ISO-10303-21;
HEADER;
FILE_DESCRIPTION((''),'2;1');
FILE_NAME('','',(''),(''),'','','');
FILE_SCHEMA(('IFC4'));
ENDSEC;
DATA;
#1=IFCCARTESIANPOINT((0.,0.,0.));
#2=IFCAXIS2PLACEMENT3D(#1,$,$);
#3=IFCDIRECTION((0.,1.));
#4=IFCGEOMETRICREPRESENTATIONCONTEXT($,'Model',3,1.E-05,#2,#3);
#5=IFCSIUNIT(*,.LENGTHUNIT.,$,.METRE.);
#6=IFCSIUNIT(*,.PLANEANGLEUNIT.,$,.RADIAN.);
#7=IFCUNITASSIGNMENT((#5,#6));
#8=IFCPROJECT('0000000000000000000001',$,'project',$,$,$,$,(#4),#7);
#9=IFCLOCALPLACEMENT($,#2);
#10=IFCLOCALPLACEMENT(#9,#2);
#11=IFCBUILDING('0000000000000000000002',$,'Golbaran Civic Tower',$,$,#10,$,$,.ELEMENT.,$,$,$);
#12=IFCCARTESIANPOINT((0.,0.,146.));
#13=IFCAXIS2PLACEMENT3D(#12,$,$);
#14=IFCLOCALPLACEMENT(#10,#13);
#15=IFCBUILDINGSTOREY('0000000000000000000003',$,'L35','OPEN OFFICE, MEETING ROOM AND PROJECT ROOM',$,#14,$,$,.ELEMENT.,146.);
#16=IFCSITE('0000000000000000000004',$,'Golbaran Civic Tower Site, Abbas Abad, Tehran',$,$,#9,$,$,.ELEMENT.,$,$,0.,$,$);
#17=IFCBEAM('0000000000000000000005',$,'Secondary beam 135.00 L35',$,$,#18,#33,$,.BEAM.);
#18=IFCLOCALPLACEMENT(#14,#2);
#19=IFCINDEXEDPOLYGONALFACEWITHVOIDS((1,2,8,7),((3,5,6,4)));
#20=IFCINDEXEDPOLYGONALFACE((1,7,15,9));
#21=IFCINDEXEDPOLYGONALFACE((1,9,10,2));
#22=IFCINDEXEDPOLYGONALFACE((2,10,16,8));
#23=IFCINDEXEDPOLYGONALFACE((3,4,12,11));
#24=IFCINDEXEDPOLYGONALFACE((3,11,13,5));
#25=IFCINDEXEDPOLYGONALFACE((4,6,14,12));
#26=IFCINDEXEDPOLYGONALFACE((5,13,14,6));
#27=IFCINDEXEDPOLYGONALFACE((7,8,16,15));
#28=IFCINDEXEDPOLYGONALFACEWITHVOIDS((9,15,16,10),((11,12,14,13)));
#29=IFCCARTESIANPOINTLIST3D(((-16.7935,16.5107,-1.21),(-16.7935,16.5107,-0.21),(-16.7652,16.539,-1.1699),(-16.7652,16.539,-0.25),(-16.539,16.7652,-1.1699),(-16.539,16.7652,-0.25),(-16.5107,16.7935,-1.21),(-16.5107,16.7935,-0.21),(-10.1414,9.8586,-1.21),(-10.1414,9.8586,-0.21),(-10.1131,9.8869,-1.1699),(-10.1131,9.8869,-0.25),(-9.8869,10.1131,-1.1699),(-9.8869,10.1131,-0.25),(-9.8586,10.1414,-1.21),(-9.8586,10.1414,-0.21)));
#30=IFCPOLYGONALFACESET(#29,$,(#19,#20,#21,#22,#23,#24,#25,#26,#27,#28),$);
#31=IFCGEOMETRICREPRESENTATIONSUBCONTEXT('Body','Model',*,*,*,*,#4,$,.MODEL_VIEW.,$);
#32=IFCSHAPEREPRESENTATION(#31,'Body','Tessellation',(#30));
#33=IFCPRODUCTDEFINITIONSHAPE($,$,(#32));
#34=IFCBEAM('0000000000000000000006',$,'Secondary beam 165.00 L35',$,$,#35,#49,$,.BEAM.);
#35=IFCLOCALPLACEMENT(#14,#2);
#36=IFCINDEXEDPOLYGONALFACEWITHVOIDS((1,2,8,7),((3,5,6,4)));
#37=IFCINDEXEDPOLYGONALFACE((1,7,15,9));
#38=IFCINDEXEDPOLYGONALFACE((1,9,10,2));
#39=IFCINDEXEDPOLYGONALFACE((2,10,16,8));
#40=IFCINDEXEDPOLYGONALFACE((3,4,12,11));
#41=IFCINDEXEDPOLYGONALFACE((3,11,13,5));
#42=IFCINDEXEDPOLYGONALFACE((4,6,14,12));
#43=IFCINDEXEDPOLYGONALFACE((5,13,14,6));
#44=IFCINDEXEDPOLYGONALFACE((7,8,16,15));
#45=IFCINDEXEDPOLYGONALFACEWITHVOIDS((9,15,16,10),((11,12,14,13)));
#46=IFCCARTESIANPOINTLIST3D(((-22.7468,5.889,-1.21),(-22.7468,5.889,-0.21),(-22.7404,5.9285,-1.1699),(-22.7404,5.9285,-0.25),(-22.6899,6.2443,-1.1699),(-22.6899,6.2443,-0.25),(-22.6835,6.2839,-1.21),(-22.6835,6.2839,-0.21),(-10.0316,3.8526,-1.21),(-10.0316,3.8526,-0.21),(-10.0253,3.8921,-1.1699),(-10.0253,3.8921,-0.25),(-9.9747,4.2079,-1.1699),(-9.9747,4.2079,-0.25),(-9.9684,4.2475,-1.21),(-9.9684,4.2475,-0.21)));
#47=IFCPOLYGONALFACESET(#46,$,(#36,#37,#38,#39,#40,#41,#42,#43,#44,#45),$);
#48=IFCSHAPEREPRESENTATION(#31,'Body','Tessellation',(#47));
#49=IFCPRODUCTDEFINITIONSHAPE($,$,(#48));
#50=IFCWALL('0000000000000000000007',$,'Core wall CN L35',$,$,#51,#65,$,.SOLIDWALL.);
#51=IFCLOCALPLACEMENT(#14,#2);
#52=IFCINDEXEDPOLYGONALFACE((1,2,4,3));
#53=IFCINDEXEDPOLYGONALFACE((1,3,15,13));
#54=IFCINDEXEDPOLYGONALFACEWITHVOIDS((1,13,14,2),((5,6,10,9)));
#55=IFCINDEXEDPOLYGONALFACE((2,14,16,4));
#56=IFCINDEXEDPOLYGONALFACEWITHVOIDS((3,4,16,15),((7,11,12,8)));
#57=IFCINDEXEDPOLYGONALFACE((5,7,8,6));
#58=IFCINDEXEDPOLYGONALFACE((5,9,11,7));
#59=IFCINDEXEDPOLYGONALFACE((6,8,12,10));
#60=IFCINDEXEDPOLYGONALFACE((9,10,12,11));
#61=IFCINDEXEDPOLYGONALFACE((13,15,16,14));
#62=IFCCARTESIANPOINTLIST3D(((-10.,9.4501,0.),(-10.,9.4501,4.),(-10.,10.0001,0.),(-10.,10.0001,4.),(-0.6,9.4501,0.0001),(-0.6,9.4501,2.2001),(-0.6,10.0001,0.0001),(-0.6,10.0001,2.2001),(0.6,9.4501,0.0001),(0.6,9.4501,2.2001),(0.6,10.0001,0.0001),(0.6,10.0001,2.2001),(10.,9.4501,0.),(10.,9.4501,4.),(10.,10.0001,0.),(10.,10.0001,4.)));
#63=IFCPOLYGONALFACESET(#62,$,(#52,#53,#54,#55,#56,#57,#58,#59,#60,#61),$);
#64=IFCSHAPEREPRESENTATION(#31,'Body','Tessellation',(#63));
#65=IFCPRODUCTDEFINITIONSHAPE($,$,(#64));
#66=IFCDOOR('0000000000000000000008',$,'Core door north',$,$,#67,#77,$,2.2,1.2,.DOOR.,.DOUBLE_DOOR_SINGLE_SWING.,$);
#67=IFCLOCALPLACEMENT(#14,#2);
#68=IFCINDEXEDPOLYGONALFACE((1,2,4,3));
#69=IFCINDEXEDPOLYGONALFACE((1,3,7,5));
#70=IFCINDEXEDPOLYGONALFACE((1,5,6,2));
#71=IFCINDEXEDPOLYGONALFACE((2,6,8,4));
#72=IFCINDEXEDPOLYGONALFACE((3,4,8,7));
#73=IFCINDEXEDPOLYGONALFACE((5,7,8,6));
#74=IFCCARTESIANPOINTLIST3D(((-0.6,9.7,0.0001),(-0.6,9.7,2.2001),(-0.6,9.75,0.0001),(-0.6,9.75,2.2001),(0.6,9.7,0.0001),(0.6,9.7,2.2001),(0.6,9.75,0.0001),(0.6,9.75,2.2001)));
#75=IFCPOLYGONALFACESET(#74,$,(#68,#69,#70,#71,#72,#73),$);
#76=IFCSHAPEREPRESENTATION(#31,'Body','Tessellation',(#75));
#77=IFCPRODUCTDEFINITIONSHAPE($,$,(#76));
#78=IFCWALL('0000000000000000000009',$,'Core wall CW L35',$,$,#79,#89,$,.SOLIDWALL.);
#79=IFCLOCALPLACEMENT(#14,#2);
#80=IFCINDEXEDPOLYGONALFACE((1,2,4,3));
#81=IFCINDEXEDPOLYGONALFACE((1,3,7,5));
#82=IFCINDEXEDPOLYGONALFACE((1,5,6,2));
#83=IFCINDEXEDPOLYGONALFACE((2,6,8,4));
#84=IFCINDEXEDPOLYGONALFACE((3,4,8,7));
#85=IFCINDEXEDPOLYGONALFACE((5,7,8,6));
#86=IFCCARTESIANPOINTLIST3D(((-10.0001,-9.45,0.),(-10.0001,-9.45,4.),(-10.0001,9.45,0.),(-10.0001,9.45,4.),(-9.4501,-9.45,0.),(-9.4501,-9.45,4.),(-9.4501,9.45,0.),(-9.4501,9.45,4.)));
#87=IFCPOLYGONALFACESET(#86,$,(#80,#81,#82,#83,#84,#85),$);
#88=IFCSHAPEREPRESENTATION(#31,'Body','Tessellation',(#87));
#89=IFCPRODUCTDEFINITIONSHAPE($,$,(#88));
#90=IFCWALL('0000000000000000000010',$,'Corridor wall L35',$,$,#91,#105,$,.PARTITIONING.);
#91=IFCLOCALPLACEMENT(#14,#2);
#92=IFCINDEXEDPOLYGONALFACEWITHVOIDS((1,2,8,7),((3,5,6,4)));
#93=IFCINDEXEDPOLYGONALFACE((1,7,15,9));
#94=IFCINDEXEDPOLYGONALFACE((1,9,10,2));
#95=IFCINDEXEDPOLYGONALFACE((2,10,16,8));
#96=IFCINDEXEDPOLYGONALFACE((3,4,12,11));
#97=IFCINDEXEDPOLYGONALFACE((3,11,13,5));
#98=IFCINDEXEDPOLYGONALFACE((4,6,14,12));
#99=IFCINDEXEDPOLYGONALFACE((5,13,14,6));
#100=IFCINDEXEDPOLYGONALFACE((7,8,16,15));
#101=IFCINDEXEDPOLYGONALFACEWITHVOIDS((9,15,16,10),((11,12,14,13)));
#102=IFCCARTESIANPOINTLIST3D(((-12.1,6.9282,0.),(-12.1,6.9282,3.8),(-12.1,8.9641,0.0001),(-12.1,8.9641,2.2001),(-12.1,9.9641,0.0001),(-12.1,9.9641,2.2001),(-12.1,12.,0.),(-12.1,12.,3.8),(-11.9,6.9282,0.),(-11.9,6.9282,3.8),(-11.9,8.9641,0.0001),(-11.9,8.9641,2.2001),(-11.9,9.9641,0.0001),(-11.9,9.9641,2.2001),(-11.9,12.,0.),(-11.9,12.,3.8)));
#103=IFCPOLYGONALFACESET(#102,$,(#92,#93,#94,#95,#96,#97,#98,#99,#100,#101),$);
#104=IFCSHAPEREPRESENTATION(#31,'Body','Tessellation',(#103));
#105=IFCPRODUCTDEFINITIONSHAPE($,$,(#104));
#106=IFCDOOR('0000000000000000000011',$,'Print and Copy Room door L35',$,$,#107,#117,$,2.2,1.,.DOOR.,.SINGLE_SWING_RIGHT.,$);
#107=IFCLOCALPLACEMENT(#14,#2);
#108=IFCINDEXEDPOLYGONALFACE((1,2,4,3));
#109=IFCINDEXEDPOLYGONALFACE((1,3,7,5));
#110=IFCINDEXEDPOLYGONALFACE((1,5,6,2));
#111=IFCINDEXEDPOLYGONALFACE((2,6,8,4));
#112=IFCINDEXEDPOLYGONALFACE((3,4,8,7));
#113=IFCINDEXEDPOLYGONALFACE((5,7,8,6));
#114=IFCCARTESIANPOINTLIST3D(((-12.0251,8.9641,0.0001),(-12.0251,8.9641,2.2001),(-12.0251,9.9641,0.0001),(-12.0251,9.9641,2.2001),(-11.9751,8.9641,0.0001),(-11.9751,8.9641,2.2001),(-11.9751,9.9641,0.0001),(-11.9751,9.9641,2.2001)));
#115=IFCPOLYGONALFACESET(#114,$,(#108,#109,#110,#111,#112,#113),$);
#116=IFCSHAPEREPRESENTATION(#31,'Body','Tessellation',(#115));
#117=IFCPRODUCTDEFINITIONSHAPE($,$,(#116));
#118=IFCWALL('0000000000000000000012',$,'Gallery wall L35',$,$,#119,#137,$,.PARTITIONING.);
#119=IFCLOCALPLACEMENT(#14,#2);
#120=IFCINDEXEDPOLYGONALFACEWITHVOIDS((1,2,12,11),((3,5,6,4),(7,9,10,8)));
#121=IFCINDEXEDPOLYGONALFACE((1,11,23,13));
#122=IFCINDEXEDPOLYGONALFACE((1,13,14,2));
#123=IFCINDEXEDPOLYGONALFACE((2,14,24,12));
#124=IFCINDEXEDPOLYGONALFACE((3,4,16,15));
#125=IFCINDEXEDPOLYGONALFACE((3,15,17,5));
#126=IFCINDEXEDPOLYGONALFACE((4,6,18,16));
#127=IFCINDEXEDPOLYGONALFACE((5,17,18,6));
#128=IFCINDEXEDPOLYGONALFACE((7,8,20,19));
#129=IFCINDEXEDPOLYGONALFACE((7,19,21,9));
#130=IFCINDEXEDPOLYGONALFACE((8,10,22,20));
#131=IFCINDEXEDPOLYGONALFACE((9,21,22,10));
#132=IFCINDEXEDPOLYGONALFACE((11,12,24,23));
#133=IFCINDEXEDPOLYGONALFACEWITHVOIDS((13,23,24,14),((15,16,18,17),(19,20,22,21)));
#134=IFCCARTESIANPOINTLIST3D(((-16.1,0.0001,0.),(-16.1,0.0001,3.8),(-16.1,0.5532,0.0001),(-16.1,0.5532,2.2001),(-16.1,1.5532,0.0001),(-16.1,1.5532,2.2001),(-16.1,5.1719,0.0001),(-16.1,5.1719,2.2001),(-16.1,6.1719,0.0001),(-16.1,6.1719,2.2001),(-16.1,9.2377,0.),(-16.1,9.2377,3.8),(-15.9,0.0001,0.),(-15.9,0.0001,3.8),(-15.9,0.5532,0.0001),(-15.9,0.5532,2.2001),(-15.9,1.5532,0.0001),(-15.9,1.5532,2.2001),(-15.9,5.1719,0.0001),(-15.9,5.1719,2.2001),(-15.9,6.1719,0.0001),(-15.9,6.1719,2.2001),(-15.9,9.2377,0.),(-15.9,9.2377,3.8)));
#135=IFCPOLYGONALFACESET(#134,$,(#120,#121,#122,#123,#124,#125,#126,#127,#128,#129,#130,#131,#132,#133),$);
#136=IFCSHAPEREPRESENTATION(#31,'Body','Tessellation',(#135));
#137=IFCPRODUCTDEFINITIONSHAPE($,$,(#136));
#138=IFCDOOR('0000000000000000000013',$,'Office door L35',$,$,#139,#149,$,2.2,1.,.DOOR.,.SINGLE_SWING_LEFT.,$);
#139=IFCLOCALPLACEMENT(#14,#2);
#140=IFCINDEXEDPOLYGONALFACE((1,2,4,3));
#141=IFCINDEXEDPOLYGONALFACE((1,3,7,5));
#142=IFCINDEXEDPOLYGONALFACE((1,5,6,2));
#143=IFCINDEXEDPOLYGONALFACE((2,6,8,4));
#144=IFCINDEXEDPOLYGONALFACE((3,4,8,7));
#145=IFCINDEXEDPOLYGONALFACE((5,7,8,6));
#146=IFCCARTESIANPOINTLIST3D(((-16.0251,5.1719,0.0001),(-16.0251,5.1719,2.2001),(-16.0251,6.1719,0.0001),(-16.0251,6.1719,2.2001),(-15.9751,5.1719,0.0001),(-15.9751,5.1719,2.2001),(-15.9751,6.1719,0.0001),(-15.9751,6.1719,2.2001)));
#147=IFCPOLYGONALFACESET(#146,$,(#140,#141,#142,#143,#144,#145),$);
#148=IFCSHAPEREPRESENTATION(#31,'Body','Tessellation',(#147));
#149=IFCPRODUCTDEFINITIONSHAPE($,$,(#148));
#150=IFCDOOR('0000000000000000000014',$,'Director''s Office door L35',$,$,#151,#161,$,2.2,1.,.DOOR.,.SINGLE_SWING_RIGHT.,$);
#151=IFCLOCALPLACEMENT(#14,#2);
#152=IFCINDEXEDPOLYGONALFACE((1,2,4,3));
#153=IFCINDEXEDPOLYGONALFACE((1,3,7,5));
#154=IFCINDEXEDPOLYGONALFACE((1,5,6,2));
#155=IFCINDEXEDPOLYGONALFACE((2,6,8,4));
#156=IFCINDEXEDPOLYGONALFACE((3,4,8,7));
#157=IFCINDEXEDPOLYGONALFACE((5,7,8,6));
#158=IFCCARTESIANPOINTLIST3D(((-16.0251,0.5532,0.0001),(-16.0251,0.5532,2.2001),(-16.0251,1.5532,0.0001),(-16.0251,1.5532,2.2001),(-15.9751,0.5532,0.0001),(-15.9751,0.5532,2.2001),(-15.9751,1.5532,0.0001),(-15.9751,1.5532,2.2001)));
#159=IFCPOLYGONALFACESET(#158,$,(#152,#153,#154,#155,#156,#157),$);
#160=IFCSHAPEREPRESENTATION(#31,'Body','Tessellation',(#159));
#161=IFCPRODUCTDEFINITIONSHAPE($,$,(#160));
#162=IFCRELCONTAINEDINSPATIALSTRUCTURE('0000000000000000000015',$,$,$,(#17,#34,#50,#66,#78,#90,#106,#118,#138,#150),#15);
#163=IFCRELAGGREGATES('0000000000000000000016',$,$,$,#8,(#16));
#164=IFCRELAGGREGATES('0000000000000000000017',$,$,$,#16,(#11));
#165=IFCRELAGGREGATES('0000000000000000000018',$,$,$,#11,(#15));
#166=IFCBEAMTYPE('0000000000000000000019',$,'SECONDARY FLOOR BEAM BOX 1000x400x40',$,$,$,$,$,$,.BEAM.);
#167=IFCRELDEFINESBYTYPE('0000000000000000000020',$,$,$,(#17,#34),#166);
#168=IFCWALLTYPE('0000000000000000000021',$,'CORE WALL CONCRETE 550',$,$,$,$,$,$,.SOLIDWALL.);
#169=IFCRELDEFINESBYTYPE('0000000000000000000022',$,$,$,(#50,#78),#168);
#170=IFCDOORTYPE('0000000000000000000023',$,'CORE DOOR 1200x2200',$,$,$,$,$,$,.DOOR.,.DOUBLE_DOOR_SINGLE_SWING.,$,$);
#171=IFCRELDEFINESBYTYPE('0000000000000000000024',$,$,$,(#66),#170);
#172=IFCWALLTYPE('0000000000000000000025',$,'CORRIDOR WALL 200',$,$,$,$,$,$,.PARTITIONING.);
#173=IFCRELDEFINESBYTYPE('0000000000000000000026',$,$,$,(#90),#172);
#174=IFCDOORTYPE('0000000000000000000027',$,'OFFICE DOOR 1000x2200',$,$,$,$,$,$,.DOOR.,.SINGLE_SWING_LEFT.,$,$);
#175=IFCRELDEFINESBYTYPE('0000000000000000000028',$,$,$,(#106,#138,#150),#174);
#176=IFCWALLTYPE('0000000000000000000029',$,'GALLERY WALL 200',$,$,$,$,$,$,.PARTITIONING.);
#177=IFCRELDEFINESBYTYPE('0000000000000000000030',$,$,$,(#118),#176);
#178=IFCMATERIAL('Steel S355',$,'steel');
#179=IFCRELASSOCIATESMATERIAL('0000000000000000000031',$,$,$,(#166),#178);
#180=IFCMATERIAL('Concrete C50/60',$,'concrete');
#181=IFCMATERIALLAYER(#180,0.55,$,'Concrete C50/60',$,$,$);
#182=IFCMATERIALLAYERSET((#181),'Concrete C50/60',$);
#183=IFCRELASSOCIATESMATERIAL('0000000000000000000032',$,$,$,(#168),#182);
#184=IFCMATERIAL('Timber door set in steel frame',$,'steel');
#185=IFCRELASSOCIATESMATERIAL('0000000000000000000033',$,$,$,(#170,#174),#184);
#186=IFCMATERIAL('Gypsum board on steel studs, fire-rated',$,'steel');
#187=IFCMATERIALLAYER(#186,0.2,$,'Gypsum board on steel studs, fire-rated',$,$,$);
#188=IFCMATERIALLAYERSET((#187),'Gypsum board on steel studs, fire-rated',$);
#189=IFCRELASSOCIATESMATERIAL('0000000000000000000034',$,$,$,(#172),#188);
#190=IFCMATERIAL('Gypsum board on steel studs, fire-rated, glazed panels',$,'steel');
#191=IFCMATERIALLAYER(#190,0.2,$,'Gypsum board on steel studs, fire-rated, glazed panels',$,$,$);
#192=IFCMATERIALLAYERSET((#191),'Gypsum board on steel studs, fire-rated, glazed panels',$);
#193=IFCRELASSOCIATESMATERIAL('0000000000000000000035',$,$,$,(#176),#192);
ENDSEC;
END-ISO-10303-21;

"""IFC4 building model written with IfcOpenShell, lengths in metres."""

from ifc_helpers import new_model, si_unit, direction, frame, frame_2d, origin, origin_2d, place, context, subcontext, project, spatial, rectangle, hollow_rectangle, extrude, material, layer, layer_set, material_profile, profile_set, type_object, element, fill, save


model = new_model("IFC4")

# Units and contexts
model_context = context("Model", 3, precision=1e-05, world=origin(), true_north=direction((0.0, 1.0)))
body_context = subcontext(model_context, "Body", "Model", "MODEL_VIEW")
ifc_project = project(units=[si_unit("LENGTHUNIT", "METRE"), si_unit("PLANEANGLEUNIT", "RADIAN")], contexts=[model_context])

# Site, building, storey
site_placement = place(None, origin())
site = spatial("IfcSite", under=ifc_project, at=site_placement, Name="Golbaran Civic Tower Site, Abbas Abad, Tehran", CompositionType="ELEMENT", RefElevation=0.0)
building_placement = place(site_placement, origin())
building = spatial("IfcBuilding", under=site, at=building_placement, Name="Golbaran Civic Tower", CompositionType="ELEMENT")
storey_placement = place(building_placement, frame((0.0, 0.0, 146.0)))
storey = spatial("IfcBuildingStorey", under=building, at=storey_placement, Name="L35", Description="OPEN OFFICE, MEETING ROOM AND PROJECT ROOM", CompositionType="ELEMENT", Elevation=146.0)

# Beams
ifc_material_1 = material(Name="Steel S355", Category="steel")
ifc_material_profile_1 = material_profile(ifc_material_1, hollow_rectangle(XDim=0.3999, YDim=1.0, WallThickness=0.04, at=origin_2d()), Name="BOX 1000x400x40")
ifc_profile_set_1 = profile_set([ifc_material_profile_1], Name="Steel S355")
beam_type_1 = type_object("IfcBeamType", Name="SECONDARY FLOOR BEAM BOX 1000x400x40", PredefinedType="BEAM", material=ifc_profile_set_1)
beam_1_placement = place(storey_placement, frame((-10.0, 10.0, -0.71), z_axis=(-0.707107, 0.707107, 0.0), x_axis=(-0.707107, -0.707107, 0.0)))
element("IfcBeam", 1, at=beam_1_placement, inside=storey, type_object=beam_type_1, Name="Secondary beam 135.00 L35", PredefinedType="BEAM", context=body_context, shape_type="SweptSolid", body=[
    extrude(hollow_rectangle(XDim=0.3999, YDim=1.0, WallThickness=0.04, at=origin_2d()), origin(), (0.0, 0.0, 1.0), 9.4075),
])
beam_2_placement = place(storey_placement, frame((-10.0, 4.05, -0.71), z_axis=(-0.987417, 0.158139, 0.0), x_axis=(-0.158139, -0.987417, 0.0)))
element("IfcBeam", 2, at=beam_2_placement, inside=storey, type_object=beam_type_1, Name="Secondary beam 165.00 L35", PredefinedType="BEAM", context=body_context, shape_type="SweptSolid", body=[
    extrude(hollow_rectangle(XDim=0.3999, YDim=1.0, WallThickness=0.04, at=origin_2d()), origin(), (0.0, 0.0, 1.0), 12.8772),
])

# Wall, opening, door
ifc_material_2 = material(Name="Concrete C50/60", Category="concrete")
ifc_layer_1 = layer(ifc_material_2, 0.55, Name="Concrete C50/60")
ifc_layer_set_1 = layer_set([ifc_layer_1], Name="Concrete C50/60")
wall_type_1 = type_object("IfcWallType", Name="CORE WALL CONCRETE 550", PredefinedType="SOLIDWALL", material=ifc_layer_set_1)
wall_1_placement = place(storey_placement, frame((-10.0, 9.7251, 0.0), z_axis=(0.0, 0.0, 1.0), x_axis=(1.0, 0.0, 0.0)))
wall_1 = element("IfcWall", 3, at=wall_1_placement, inside=storey, type_object=wall_type_1, Name="Core wall CN L35", PredefinedType="SOLIDWALL", context=body_context, shape_type="SweptSolid", body=[
    extrude(rectangle(XDim=20.0, YDim=0.55, at=frame_2d((10.0, 0.0))), origin(), (0.0, 0.0, 1.0), 4.0),
])
opening_1_placement = place(wall_1_placement, frame((9.3999, 0.0, 0.0)))
opening_1 = element("IfcOpeningElement", 4, at=opening_1_placement, cuts=wall_1, PredefinedType="OPENING", context=body_context, shape_type="SweptSolid", body=[
    extrude(rectangle(XDim=1.2, YDim=2.2, at=frame_2d((0.6001, 1.1001))), frame((0.0, 0.2849, 0.0), z_axis=(0.0, -1.0, 0.0), x_axis=(1.0, 0.0, 0.0)), (0.0, 0.0, 1.0), 0.5701),
])
ifc_material_3 = material(Name="Timber door set in steel frame", Category="steel")
door_type_1 = type_object("IfcDoorType", Name="CORE DOOR 1200x2200", OperationType="DOUBLE_DOOR_SINGLE_SWING", PredefinedType="DOOR", material=ifc_material_3)
door_1_placement = place(opening_1_placement, origin())
door_1 = element("IfcDoor", 5, at=door_1_placement, inside=storey, type_object=door_type_1, Name="Core door north", OperationType="DOUBLE_DOOR_SINGLE_SWING", OverallHeight=2.2, OverallWidth=1.2, PredefinedType="DOOR", context=body_context, shape_type="SweptSolid", body=[
    extrude(rectangle(XDim=1.2, YDim=2.2, at=frame_2d((0.6001, 1.1001))), frame((0.0, 0.0249, 0.0), z_axis=(0.0, -1.0, 0.0), x_axis=(1.0, 0.0, 0.0)), (0.0, 0.0, 1.0), 0.05),
])
fill(opening_1, door_1)

# Wall
wall_2_placement = place(storey_placement, frame((-9.7251, 9.45, 0.0), z_axis=(0.0, 0.0, 1.0), x_axis=(0.0, -1.0, 0.0)))
element("IfcWall", 6, at=wall_2_placement, inside=storey, type_object=wall_type_1, Name="Core wall CW L35", PredefinedType="SOLIDWALL", context=body_context, shape_type="SweptSolid", body=[
    extrude(rectangle(XDim=18.8999, YDim=0.55, at=frame_2d((9.45, 0.0))), origin(), (0.0, 0.0, 1.0), 4.0),
])

# Wall, opening, door
ifc_material_4 = material(Name="Gypsum board on steel studs, fire-rated", Category="steel")
ifc_layer_2 = layer(ifc_material_4, 0.2, Name="Gypsum board on steel studs, fire-rated")
ifc_layer_set_2 = layer_set([ifc_layer_2], Name="Gypsum board on steel studs, fire-rated")
wall_type_2 = type_object("IfcWallType", Name="CORRIDOR WALL 200", PredefinedType="PARTITIONING", material=ifc_layer_set_2)
wall_3_placement = place(storey_placement, frame((-12.0, 12.0, 0.0), z_axis=(0.0, 0.0, 1.0), x_axis=(0.0, -1.0, 0.0)))
wall_3 = element("IfcWall", 7, at=wall_3_placement, inside=storey, type_object=wall_type_2, Name="Corridor wall L35", PredefinedType="PARTITIONING", context=body_context, shape_type="SweptSolid", body=[
    extrude(rectangle(XDim=5.0718, YDim=0.2, at=frame_2d((2.5359, 0.0))), origin(), (0.0, 0.0, 1.0), 3.8),
])
opening_2_placement = place(wall_3_placement, frame((2.0359, 0.0, 0.0)))
opening_2 = element("IfcOpeningElement", 8, at=opening_2_placement, cuts=wall_3, PredefinedType="OPENING", context=body_context, shape_type="SweptSolid", body=[
    extrude(rectangle(XDim=1.0, YDim=2.2, at=frame_2d((0.5, 1.1001))), frame((0.0, 0.1099, 0.0), z_axis=(0.0, -1.0, 0.0), x_axis=(1.0, 0.0, 0.0)), (0.0, 0.0, 1.0), 0.22),
])
door_type_2 = type_object("IfcDoorType", Name="OFFICE DOOR 1000x2200", OperationType="SINGLE_SWING_LEFT", PredefinedType="DOOR", material=ifc_material_3)
door_2_placement = place(opening_2_placement, origin())
door_2 = element("IfcDoor", 9, at=door_2_placement, inside=storey, type_object=door_type_2, Name="Print and Copy Room door L35", OperationType="SINGLE_SWING_RIGHT", OverallHeight=2.2, OverallWidth=1.0, PredefinedType="DOOR", context=body_context, shape_type="SweptSolid", body=[
    extrude(rectangle(XDim=1.0, YDim=2.2, at=frame_2d((0.5, 1.1001))), frame((0.0, 0.0249, 0.0), z_axis=(0.0, -1.0, 0.0), x_axis=(1.0, 0.0, 0.0)), (0.0, 0.0, 1.0), 0.05),
])
fill(opening_2, door_2)

# Wall, openings, doors
ifc_material_5 = material(Name="Gypsum board on steel studs, fire-rated, glazed panels", Category="steel")
ifc_layer_3 = layer(ifc_material_5, 0.2, Name="Gypsum board on steel studs, fire-rated, glazed panels")
ifc_layer_set_3 = layer_set([ifc_layer_3], Name="Gypsum board on steel studs, fire-rated, glazed panels")
wall_type_3 = type_object("IfcWallType", Name="GALLERY WALL 200", PredefinedType="PARTITIONING", material=ifc_layer_set_3)
wall_4_placement = place(storey_placement, frame((-16.0, 9.2375, 0.0), z_axis=(0.0, 0.0, 1.0), x_axis=(0.0, -1.0, 0.0)))
wall_4 = element("IfcWall", 10, at=wall_4_placement, inside=storey, type_object=wall_type_3, Name="Gallery wall L35", PredefinedType="PARTITIONING", context=body_context, shape_type="SweptSolid", body=[
    extrude(rectangle(XDim=9.2375, YDim=0.2, at=frame_2d((4.6187, 0.0))), origin(), (0.0, 0.0, 1.0), 3.8),
])
opening_3_placement = place(wall_4_placement, frame((3.0657, 0.0, 0.0)))
opening_3 = element("IfcOpeningElement", 11, at=opening_3_placement, cuts=wall_4, PredefinedType="OPENING", context=body_context, shape_type="SweptSolid", body=[
    extrude(rectangle(XDim=1.0, YDim=2.2, at=frame_2d((0.5, 1.1001))), frame((0.0, 0.1099, 0.0), z_axis=(0.0, -1.0, 0.0), x_axis=(1.0, 0.0, 0.0)), (0.0, 0.0, 1.0), 0.22),
])
opening_4_placement = place(wall_4_placement, frame((7.6843, 0.0, 0.0)))
opening_4 = element("IfcOpeningElement", 12, at=opening_4_placement, cuts=wall_4, PredefinedType="OPENING", context=body_context, shape_type="SweptSolid", body=[
    extrude(rectangle(XDim=1.0, YDim=2.2, at=frame_2d((0.5, 1.1001))), frame((0.0, 0.1099, 0.0), z_axis=(0.0, -1.0, 0.0), x_axis=(1.0, 0.0, 0.0)), (0.0, 0.0, 1.0), 0.22),
])
door_3_placement = place(opening_3_placement, origin())
door_3 = element("IfcDoor", 13, at=door_3_placement, inside=storey, type_object=door_type_2, Name="Office door L35", OperationType="SINGLE_SWING_LEFT", OverallHeight=2.2, OverallWidth=1.0, PredefinedType="DOOR", context=body_context, shape_type="SweptSolid", body=[
    extrude(rectangle(XDim=1.0, YDim=2.2, at=frame_2d((0.5, 1.1001))), frame((0.0, 0.0249, 0.0), z_axis=(0.0, -1.0, 0.0), x_axis=(1.0, 0.0, 0.0)), (0.0, 0.0, 1.0), 0.05),
])
fill(opening_3, door_3)
door_4_placement = place(opening_4_placement, origin())
door_4 = element("IfcDoor", 14, at=door_4_placement, inside=storey, type_object=door_type_2, Name="Director's Office door L35", OperationType="SINGLE_SWING_RIGHT", OverallHeight=2.2, OverallWidth=1.0, PredefinedType="DOOR", context=body_context, shape_type="SweptSolid", body=[
    extrude(rectangle(XDim=1.0, YDim=2.2, at=frame_2d((0.5, 1.1001))), frame((0.0, 0.0249, 0.0), z_axis=(0.0, -1.0, 0.0), x_axis=(1.0, 0.0, 0.0)), (0.0, 0.0, 1.0), 0.05),
])
fill(opening_4, door_4)

save(model, "model.ifc")
